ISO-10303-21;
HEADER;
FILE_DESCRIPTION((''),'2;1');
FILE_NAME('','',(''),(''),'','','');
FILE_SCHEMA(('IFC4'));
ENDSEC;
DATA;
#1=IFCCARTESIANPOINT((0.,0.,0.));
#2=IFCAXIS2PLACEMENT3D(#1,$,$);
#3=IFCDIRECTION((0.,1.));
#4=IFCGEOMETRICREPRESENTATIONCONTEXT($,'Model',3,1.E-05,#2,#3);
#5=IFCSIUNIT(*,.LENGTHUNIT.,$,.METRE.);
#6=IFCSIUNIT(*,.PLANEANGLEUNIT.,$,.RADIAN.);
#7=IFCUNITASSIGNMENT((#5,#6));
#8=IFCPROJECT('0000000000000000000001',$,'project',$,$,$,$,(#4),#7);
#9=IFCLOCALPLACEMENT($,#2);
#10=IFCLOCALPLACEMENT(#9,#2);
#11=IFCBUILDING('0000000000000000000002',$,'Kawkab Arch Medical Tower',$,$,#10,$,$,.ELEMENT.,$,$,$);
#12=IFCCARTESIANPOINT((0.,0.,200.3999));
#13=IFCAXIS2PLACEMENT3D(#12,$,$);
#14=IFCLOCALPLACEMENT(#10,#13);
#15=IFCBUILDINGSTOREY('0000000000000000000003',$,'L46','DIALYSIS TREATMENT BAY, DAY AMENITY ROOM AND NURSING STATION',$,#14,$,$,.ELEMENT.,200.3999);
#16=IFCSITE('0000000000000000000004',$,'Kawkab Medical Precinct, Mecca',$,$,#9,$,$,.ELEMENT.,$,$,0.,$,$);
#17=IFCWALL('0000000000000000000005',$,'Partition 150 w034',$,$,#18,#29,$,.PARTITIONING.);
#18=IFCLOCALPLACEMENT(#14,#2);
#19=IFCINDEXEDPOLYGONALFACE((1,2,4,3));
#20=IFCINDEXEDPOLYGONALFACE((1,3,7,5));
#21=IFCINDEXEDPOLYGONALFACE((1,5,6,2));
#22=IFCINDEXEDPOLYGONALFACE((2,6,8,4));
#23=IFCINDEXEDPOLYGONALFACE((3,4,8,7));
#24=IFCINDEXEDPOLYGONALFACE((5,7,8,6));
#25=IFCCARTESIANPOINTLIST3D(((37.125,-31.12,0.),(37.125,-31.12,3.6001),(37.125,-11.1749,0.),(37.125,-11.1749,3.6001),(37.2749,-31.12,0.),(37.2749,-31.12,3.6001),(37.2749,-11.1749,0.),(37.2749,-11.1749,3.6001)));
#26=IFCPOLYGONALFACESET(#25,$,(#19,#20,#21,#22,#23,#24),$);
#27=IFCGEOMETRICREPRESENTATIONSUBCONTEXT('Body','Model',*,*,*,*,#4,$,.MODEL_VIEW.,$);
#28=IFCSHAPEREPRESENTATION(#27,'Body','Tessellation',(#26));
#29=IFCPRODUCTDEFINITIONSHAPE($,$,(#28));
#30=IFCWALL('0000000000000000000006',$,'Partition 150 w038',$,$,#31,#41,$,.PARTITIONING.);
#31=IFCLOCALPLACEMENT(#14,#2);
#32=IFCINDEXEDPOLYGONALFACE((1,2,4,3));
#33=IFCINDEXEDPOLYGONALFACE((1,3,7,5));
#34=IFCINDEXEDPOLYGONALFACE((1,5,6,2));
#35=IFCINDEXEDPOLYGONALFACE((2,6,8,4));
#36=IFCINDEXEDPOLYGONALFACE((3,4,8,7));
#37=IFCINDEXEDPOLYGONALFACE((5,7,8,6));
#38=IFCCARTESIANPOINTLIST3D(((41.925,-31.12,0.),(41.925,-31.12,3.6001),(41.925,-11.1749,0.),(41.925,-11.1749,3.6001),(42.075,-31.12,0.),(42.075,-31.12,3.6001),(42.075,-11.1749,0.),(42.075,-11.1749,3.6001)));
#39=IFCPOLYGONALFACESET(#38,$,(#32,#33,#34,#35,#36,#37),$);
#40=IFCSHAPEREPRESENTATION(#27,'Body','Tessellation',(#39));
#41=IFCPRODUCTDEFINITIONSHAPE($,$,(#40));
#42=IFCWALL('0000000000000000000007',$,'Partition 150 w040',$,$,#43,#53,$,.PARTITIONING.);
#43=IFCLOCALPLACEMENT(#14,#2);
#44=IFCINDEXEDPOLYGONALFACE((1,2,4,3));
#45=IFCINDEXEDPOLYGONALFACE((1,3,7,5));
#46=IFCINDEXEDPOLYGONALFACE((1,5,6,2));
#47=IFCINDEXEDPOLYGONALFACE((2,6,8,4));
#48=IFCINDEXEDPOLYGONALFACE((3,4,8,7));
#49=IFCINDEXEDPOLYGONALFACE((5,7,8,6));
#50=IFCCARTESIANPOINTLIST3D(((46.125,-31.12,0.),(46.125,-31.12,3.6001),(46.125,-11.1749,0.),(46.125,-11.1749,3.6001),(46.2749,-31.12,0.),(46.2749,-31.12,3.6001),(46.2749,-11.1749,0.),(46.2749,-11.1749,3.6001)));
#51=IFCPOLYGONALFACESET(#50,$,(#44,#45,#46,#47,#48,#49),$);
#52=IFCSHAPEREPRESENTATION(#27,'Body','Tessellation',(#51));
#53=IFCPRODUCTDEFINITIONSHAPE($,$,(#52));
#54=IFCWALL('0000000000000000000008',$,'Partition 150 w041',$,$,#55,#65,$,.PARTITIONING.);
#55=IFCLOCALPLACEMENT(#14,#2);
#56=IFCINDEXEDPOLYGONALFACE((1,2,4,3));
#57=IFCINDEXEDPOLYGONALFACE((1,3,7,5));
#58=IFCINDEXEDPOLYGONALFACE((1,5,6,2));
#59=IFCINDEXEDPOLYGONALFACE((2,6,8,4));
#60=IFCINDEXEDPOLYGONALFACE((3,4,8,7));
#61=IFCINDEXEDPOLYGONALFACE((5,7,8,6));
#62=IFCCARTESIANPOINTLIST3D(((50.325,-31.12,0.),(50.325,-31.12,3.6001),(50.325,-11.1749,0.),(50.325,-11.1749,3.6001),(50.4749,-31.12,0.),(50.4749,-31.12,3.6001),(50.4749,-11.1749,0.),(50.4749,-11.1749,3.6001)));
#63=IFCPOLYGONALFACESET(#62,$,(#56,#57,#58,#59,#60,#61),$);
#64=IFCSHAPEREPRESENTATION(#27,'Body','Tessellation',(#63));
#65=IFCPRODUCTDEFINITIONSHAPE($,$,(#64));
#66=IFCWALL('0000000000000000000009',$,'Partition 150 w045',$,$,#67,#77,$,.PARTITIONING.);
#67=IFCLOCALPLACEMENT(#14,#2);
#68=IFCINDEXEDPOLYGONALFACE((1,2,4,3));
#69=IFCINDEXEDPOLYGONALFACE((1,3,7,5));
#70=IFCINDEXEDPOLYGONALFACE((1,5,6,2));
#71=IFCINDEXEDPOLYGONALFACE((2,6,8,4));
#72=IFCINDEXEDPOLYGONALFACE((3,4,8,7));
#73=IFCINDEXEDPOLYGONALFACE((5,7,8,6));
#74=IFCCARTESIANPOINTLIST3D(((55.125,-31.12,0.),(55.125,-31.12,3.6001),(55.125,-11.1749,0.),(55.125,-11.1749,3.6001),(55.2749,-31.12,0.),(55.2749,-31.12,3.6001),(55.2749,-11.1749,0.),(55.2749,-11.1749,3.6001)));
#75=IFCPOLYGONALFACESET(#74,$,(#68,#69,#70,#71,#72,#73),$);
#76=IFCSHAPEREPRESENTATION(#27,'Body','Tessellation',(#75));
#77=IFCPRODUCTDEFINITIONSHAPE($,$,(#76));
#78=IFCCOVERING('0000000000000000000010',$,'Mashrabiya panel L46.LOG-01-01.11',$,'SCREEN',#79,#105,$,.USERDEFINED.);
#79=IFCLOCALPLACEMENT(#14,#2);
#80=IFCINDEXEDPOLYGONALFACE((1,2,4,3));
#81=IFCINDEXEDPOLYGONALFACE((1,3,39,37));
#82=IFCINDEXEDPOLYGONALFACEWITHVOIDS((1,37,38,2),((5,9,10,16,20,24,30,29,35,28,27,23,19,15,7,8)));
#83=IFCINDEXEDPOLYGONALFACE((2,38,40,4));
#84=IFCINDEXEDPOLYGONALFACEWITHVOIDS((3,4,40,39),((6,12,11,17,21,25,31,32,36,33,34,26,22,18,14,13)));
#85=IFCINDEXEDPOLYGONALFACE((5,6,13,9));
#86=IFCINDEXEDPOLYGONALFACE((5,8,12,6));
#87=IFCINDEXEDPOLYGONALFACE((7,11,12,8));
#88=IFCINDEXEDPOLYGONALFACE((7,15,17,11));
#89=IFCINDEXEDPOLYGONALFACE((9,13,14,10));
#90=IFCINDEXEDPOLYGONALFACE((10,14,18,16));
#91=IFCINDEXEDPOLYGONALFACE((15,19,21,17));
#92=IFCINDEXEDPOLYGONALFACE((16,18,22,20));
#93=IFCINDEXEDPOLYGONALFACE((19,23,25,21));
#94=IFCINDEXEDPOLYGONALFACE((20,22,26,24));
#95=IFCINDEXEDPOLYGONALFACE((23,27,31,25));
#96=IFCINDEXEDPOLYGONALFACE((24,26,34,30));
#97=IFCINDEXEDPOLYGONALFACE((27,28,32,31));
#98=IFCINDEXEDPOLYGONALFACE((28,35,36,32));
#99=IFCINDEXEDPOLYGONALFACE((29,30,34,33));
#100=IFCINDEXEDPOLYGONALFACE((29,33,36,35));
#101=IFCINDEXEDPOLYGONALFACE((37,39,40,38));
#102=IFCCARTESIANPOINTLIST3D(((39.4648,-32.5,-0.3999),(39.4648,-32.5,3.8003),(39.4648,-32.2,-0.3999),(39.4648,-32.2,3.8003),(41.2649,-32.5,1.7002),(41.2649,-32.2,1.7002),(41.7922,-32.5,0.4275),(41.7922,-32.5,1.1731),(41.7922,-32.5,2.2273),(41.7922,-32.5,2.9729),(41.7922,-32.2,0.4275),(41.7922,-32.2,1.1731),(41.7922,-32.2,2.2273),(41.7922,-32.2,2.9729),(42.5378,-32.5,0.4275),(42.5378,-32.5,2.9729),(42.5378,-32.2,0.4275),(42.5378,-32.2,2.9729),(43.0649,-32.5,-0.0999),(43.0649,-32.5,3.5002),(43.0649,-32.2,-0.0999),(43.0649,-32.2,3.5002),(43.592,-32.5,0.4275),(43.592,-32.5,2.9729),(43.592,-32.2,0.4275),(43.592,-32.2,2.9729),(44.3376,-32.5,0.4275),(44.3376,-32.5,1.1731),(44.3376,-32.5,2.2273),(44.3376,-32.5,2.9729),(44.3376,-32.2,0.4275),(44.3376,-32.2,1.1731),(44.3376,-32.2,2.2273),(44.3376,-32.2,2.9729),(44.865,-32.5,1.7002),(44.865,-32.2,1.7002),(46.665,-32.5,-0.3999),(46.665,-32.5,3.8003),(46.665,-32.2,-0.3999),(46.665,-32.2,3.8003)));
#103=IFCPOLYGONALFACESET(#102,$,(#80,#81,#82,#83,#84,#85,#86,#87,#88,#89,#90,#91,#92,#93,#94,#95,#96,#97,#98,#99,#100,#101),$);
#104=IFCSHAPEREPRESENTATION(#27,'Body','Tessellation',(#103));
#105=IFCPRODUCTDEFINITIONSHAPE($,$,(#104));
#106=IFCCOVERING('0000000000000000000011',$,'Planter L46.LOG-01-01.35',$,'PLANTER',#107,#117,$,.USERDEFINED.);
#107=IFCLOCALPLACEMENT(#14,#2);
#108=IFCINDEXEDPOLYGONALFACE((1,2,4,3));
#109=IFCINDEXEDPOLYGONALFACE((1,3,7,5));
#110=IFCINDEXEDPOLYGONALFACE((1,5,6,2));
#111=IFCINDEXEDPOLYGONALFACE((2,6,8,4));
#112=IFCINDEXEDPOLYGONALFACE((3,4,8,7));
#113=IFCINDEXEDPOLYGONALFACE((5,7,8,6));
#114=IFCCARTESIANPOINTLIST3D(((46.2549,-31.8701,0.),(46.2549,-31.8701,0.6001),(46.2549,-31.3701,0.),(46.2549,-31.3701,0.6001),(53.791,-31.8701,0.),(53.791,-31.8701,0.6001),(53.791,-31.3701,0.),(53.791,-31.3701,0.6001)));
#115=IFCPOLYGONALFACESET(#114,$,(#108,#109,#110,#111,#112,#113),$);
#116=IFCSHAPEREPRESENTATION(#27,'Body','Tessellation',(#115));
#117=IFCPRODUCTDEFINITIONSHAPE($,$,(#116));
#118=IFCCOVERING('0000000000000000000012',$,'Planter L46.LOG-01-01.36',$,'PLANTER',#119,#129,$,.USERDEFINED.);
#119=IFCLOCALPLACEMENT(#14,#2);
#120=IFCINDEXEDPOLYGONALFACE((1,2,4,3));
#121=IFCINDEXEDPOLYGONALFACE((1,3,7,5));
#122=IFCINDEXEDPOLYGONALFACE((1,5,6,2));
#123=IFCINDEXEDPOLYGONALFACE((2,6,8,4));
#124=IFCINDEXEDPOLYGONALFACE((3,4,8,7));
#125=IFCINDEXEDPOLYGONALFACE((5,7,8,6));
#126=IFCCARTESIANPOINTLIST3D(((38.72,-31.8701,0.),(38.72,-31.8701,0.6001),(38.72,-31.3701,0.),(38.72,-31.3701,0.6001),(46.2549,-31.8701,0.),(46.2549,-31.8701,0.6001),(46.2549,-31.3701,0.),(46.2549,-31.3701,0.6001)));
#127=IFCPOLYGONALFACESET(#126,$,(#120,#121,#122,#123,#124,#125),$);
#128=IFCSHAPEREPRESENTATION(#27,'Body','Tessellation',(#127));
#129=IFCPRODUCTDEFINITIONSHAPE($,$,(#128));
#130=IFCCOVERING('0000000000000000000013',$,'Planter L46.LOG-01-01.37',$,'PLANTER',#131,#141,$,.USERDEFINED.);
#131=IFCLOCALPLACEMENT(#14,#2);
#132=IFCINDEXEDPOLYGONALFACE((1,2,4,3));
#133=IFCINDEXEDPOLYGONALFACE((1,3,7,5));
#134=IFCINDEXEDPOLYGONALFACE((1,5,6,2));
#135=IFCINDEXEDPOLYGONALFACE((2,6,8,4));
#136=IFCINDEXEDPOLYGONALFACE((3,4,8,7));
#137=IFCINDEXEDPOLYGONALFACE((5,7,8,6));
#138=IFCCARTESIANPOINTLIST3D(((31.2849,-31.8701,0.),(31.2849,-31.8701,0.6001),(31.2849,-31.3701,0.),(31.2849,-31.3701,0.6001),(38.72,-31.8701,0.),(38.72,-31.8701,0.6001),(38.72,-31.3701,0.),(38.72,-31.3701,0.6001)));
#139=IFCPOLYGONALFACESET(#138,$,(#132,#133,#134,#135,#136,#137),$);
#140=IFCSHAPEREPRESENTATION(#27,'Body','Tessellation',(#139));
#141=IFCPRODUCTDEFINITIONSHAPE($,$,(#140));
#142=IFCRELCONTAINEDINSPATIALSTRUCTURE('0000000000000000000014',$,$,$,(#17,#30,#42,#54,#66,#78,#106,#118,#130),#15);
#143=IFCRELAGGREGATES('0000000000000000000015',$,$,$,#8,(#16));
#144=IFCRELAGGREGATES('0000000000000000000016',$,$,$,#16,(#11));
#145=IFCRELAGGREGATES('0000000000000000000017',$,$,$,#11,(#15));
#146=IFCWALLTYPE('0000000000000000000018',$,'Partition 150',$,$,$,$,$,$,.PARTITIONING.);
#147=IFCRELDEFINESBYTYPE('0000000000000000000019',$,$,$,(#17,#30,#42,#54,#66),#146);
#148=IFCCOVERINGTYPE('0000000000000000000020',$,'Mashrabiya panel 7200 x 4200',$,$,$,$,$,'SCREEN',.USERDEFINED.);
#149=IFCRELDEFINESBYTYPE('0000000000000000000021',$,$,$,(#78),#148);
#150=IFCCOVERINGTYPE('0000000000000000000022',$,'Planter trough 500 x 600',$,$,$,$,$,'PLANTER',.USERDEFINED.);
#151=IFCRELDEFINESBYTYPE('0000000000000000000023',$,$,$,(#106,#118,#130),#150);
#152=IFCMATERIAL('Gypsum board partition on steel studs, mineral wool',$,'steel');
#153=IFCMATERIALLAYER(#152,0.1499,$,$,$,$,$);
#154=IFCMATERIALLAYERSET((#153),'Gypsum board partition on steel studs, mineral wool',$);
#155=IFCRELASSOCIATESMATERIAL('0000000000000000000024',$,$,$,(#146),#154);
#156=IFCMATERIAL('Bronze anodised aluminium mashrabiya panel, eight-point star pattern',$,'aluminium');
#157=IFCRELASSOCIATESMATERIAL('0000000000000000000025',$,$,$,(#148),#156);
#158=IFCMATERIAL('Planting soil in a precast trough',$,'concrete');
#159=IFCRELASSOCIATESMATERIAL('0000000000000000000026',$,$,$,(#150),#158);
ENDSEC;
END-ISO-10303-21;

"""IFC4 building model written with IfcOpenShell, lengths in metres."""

from ifc_helpers import new_model, si_unit, direction, frame, frame_2d, origin, origin_2d, place, context, subcontext, project, spatial, polyline, rectangle, outline, extrude, material, layer, layer_set, material_profile, profile_set, type_object, element, save


model = new_model("IFC4")

# Units and contexts
model_context = context("Model", 3, precision=1e-05, world=origin(), true_north=direction((0.0, 1.0)))
body_context = subcontext(model_context, "Body", "Model", "MODEL_VIEW")
ifc_project = project(units=[si_unit("LENGTHUNIT", "METRE"), si_unit("PLANEANGLEUNIT", "RADIAN")], contexts=[model_context])

# Site, building, storey
site_placement = place(None, origin())
site = spatial("IfcSite", under=ifc_project, at=site_placement, Name="Kawkab Medical Precinct, Mecca", CompositionType="ELEMENT", RefElevation=0.0)
building_placement = place(site_placement, origin())
building = spatial("IfcBuilding", under=site, at=building_placement, Name="Kawkab Arch Medical Tower", CompositionType="ELEMENT")
storey_placement = place(building_placement, frame((0.0, 0.0, 200.3999)))
storey = spatial("IfcBuildingStorey", under=building, at=storey_placement, Name="L46", Description="DIALYSIS TREATMENT BAY, DAY AMENITY ROOM AND NURSING STATION", CompositionType="ELEMENT", Elevation=200.3999)

# Walls
ifc_material_1 = material(Name="Gypsum board partition on steel studs, mineral wool", Category="steel")
ifc_layer_1 = layer(ifc_material_1, 0.1499)
ifc_layer_set_1 = layer_set([ifc_layer_1], Name="Gypsum board partition on steel studs, mineral wool")
wall_type = type_object("IfcWallType", Name="Partition 150", PredefinedType="PARTITIONING", material=ifc_layer_set_1)
for number, where, z_axis, x_axis, name in (
    (1, (37.2, -31.1201, 0.0), (0.0, 0.0, 1.0), (0.0, 1.0, 0.0), "Partition 150 w034"),
    (2, (42.0, -31.1201, 0.0), (0.0, 0.0, 1.0), (0.0, 1.0, 0.0), "Partition 150 w038"),
    (3, (46.2, -31.1201, 0.0), (0.0, 0.0, 1.0), (0.0, 1.0, 0.0), "Partition 150 w040"),
    (4, (50.3999, -31.1201, 0.0), (0.0, 0.0, 1.0), (0.0, 1.0, 0.0), "Partition 150 w041"),
    (5, (55.2, -31.1201, 0.0), (0.0, 0.0, 1.0), (0.0, 1.0, 0.0), "Partition 150 w045"),
):
    element("IfcWall", number, at=place(storey_placement, frame(where, z_axis=z_axis, x_axis=x_axis)), inside=storey, type_object=wall_type, Name=name, PredefinedType="PARTITIONING", context=body_context, shape_type="SweptSolid", body=[
        extrude(rectangle(XDim=19.9451, YDim=0.1499, at=frame_2d((9.9727, 0.0))), origin(), (0.0, 0.0, 1.0), 3.6001),
    ])

# Coverings
ifc_material_2 = material(Name="Bronze anodised aluminium mashrabiya panel, eight-point star pattern", Category="aluminium")
ifc_material_profile_1 = material_profile(ifc_material_2, outline(polyline([(-3.6001, -2.1001), (3.6001, -2.1001), (3.6001, 2.1001), (-3.6001, 2.1001), (-3.6001, -2.1001)]), holes=[polyline([(1.8, 0.0), (1.2727, 0.5271), (1.2727, 1.2727), (0.5271, 1.2727), (0.0, 1.8), (-0.5271, 1.2727), (-1.2727, 1.2727), (-1.2727, 0.5271), (-1.8, 0.0), (-1.2727, -0.5271), (-1.2727, -1.2727), (-0.5271, -1.2727), (0.0, -1.8), (0.5271, -1.2727), (1.2727, -1.2727), (1.2727, -0.5271), (1.8, 0.0)])]), Name="Mashrabiya panel 7200x4200")
ifc_profile_set_1 = profile_set([ifc_material_profile_1], Name="Bronze anodised aluminium mashrabiya panel, eight-point star pattern")
covering_type_1 = type_object("IfcCoveringType", Name="Mashrabiya panel 7200 x 4200", ElementType="SCREEN", PredefinedType="USERDEFINED", material=ifc_profile_set_1)
covering_1_placement = place(storey_placement, frame((43.0649, -32.2, 1.7002), z_axis=(0.0, -1.0, 0.0), x_axis=(1.0, 0.0, 0.0)))
element("IfcCovering", 6, at=covering_1_placement, inside=storey, type_object=covering_type_1, Name="Mashrabiya panel L46.LOG-01-01.11", ObjectType="SCREEN", PredefinedType="USERDEFINED", context=body_context, shape_type="SweptSolid", body=[
    extrude(outline(polyline([(-3.6001, -2.1001), (3.6001, -2.1001), (3.6001, 2.1001), (-3.6001, 2.1001), (-3.6001, -2.1001)]), holes=[polyline([(1.8, 0.0), (1.2727, 0.5271), (1.2727, 1.2727), (0.5271, 1.2727), (0.0, 1.8), (-0.5271, 1.2727), (-1.2727, 1.2727), (-1.2727, 0.5271), (-1.8, 0.0), (-1.2727, -0.5271), (-1.2727, -1.2727), (-0.5271, -1.2727), (0.0, -1.8), (0.5271, -1.2727), (1.2727, -1.2727), (1.2727, -0.5271), (1.8, 0.0)])]), origin(), (0.0, 0.0, 1.0), 0.3),
])
ifc_material_3 = material(Name="Planting soil in a precast trough", Category="concrete")
ifc_material_profile_2 = material_profile(ifc_material_3, rectangle(XDim=0.5, YDim=0.6001, at=origin_2d()), Name="Trough 500x600")
ifc_profile_set_2 = profile_set([ifc_material_profile_2], Name="Planting soil in a precast trough")
covering_type_2 = type_object("IfcCoveringType", Name="Planter trough 500 x 600", ElementType="PLANTER", PredefinedType="USERDEFINED", material=ifc_profile_set_2)
covering_2_placement = place(storey_placement, frame((53.791, -31.6201, 0.3), z_axis=(-1.0, 0.0, 0.0), x_axis=(0.0, -1.0, 0.0)))
element("IfcCovering", 7, at=covering_2_placement, inside=storey, type_object=covering_type_2, Name="Planter L46.LOG-01-01.35", ObjectType="PLANTER", PredefinedType="USERDEFINED", context=body_context, shape_type="SweptSolid", body=[
    extrude(rectangle(XDim=0.5, YDim=0.6001, at=origin_2d()), origin(), (0.0, 0.0, 1.0), 7.5361),
])
covering_3_placement = place(storey_placement, frame((46.2549, -31.6201, 0.3), z_axis=(-1.0, 0.0, 0.0), x_axis=(0.0, -1.0, 0.0)))
element("IfcCovering", 8, at=covering_3_placement, inside=storey, type_object=covering_type_2, Name="Planter L46.LOG-01-01.36", ObjectType="PLANTER", PredefinedType="USERDEFINED", context=body_context, shape_type="SweptSolid", body=[
    extrude(rectangle(XDim=0.5, YDim=0.6001, at=origin_2d()), origin(), (0.0, 0.0, 1.0), 7.5349),
])
covering_4_placement = place(storey_placement, frame((38.72, -31.6201, 0.3), z_axis=(-1.0, 0.0, 0.0), x_axis=(0.0, -1.0, 0.0)))
element("IfcCovering", 9, at=covering_4_placement, inside=storey, type_object=covering_type_2, Name="Planter L46.LOG-01-01.37", ObjectType="PLANTER", PredefinedType="USERDEFINED", context=body_context, shape_type="SweptSolid", body=[
    extrude(rectangle(XDim=0.5, YDim=0.6001, at=origin_2d()), origin(), (0.0, 0.0, 1.0), 7.4351),
])

save(model, "model.ifc")
